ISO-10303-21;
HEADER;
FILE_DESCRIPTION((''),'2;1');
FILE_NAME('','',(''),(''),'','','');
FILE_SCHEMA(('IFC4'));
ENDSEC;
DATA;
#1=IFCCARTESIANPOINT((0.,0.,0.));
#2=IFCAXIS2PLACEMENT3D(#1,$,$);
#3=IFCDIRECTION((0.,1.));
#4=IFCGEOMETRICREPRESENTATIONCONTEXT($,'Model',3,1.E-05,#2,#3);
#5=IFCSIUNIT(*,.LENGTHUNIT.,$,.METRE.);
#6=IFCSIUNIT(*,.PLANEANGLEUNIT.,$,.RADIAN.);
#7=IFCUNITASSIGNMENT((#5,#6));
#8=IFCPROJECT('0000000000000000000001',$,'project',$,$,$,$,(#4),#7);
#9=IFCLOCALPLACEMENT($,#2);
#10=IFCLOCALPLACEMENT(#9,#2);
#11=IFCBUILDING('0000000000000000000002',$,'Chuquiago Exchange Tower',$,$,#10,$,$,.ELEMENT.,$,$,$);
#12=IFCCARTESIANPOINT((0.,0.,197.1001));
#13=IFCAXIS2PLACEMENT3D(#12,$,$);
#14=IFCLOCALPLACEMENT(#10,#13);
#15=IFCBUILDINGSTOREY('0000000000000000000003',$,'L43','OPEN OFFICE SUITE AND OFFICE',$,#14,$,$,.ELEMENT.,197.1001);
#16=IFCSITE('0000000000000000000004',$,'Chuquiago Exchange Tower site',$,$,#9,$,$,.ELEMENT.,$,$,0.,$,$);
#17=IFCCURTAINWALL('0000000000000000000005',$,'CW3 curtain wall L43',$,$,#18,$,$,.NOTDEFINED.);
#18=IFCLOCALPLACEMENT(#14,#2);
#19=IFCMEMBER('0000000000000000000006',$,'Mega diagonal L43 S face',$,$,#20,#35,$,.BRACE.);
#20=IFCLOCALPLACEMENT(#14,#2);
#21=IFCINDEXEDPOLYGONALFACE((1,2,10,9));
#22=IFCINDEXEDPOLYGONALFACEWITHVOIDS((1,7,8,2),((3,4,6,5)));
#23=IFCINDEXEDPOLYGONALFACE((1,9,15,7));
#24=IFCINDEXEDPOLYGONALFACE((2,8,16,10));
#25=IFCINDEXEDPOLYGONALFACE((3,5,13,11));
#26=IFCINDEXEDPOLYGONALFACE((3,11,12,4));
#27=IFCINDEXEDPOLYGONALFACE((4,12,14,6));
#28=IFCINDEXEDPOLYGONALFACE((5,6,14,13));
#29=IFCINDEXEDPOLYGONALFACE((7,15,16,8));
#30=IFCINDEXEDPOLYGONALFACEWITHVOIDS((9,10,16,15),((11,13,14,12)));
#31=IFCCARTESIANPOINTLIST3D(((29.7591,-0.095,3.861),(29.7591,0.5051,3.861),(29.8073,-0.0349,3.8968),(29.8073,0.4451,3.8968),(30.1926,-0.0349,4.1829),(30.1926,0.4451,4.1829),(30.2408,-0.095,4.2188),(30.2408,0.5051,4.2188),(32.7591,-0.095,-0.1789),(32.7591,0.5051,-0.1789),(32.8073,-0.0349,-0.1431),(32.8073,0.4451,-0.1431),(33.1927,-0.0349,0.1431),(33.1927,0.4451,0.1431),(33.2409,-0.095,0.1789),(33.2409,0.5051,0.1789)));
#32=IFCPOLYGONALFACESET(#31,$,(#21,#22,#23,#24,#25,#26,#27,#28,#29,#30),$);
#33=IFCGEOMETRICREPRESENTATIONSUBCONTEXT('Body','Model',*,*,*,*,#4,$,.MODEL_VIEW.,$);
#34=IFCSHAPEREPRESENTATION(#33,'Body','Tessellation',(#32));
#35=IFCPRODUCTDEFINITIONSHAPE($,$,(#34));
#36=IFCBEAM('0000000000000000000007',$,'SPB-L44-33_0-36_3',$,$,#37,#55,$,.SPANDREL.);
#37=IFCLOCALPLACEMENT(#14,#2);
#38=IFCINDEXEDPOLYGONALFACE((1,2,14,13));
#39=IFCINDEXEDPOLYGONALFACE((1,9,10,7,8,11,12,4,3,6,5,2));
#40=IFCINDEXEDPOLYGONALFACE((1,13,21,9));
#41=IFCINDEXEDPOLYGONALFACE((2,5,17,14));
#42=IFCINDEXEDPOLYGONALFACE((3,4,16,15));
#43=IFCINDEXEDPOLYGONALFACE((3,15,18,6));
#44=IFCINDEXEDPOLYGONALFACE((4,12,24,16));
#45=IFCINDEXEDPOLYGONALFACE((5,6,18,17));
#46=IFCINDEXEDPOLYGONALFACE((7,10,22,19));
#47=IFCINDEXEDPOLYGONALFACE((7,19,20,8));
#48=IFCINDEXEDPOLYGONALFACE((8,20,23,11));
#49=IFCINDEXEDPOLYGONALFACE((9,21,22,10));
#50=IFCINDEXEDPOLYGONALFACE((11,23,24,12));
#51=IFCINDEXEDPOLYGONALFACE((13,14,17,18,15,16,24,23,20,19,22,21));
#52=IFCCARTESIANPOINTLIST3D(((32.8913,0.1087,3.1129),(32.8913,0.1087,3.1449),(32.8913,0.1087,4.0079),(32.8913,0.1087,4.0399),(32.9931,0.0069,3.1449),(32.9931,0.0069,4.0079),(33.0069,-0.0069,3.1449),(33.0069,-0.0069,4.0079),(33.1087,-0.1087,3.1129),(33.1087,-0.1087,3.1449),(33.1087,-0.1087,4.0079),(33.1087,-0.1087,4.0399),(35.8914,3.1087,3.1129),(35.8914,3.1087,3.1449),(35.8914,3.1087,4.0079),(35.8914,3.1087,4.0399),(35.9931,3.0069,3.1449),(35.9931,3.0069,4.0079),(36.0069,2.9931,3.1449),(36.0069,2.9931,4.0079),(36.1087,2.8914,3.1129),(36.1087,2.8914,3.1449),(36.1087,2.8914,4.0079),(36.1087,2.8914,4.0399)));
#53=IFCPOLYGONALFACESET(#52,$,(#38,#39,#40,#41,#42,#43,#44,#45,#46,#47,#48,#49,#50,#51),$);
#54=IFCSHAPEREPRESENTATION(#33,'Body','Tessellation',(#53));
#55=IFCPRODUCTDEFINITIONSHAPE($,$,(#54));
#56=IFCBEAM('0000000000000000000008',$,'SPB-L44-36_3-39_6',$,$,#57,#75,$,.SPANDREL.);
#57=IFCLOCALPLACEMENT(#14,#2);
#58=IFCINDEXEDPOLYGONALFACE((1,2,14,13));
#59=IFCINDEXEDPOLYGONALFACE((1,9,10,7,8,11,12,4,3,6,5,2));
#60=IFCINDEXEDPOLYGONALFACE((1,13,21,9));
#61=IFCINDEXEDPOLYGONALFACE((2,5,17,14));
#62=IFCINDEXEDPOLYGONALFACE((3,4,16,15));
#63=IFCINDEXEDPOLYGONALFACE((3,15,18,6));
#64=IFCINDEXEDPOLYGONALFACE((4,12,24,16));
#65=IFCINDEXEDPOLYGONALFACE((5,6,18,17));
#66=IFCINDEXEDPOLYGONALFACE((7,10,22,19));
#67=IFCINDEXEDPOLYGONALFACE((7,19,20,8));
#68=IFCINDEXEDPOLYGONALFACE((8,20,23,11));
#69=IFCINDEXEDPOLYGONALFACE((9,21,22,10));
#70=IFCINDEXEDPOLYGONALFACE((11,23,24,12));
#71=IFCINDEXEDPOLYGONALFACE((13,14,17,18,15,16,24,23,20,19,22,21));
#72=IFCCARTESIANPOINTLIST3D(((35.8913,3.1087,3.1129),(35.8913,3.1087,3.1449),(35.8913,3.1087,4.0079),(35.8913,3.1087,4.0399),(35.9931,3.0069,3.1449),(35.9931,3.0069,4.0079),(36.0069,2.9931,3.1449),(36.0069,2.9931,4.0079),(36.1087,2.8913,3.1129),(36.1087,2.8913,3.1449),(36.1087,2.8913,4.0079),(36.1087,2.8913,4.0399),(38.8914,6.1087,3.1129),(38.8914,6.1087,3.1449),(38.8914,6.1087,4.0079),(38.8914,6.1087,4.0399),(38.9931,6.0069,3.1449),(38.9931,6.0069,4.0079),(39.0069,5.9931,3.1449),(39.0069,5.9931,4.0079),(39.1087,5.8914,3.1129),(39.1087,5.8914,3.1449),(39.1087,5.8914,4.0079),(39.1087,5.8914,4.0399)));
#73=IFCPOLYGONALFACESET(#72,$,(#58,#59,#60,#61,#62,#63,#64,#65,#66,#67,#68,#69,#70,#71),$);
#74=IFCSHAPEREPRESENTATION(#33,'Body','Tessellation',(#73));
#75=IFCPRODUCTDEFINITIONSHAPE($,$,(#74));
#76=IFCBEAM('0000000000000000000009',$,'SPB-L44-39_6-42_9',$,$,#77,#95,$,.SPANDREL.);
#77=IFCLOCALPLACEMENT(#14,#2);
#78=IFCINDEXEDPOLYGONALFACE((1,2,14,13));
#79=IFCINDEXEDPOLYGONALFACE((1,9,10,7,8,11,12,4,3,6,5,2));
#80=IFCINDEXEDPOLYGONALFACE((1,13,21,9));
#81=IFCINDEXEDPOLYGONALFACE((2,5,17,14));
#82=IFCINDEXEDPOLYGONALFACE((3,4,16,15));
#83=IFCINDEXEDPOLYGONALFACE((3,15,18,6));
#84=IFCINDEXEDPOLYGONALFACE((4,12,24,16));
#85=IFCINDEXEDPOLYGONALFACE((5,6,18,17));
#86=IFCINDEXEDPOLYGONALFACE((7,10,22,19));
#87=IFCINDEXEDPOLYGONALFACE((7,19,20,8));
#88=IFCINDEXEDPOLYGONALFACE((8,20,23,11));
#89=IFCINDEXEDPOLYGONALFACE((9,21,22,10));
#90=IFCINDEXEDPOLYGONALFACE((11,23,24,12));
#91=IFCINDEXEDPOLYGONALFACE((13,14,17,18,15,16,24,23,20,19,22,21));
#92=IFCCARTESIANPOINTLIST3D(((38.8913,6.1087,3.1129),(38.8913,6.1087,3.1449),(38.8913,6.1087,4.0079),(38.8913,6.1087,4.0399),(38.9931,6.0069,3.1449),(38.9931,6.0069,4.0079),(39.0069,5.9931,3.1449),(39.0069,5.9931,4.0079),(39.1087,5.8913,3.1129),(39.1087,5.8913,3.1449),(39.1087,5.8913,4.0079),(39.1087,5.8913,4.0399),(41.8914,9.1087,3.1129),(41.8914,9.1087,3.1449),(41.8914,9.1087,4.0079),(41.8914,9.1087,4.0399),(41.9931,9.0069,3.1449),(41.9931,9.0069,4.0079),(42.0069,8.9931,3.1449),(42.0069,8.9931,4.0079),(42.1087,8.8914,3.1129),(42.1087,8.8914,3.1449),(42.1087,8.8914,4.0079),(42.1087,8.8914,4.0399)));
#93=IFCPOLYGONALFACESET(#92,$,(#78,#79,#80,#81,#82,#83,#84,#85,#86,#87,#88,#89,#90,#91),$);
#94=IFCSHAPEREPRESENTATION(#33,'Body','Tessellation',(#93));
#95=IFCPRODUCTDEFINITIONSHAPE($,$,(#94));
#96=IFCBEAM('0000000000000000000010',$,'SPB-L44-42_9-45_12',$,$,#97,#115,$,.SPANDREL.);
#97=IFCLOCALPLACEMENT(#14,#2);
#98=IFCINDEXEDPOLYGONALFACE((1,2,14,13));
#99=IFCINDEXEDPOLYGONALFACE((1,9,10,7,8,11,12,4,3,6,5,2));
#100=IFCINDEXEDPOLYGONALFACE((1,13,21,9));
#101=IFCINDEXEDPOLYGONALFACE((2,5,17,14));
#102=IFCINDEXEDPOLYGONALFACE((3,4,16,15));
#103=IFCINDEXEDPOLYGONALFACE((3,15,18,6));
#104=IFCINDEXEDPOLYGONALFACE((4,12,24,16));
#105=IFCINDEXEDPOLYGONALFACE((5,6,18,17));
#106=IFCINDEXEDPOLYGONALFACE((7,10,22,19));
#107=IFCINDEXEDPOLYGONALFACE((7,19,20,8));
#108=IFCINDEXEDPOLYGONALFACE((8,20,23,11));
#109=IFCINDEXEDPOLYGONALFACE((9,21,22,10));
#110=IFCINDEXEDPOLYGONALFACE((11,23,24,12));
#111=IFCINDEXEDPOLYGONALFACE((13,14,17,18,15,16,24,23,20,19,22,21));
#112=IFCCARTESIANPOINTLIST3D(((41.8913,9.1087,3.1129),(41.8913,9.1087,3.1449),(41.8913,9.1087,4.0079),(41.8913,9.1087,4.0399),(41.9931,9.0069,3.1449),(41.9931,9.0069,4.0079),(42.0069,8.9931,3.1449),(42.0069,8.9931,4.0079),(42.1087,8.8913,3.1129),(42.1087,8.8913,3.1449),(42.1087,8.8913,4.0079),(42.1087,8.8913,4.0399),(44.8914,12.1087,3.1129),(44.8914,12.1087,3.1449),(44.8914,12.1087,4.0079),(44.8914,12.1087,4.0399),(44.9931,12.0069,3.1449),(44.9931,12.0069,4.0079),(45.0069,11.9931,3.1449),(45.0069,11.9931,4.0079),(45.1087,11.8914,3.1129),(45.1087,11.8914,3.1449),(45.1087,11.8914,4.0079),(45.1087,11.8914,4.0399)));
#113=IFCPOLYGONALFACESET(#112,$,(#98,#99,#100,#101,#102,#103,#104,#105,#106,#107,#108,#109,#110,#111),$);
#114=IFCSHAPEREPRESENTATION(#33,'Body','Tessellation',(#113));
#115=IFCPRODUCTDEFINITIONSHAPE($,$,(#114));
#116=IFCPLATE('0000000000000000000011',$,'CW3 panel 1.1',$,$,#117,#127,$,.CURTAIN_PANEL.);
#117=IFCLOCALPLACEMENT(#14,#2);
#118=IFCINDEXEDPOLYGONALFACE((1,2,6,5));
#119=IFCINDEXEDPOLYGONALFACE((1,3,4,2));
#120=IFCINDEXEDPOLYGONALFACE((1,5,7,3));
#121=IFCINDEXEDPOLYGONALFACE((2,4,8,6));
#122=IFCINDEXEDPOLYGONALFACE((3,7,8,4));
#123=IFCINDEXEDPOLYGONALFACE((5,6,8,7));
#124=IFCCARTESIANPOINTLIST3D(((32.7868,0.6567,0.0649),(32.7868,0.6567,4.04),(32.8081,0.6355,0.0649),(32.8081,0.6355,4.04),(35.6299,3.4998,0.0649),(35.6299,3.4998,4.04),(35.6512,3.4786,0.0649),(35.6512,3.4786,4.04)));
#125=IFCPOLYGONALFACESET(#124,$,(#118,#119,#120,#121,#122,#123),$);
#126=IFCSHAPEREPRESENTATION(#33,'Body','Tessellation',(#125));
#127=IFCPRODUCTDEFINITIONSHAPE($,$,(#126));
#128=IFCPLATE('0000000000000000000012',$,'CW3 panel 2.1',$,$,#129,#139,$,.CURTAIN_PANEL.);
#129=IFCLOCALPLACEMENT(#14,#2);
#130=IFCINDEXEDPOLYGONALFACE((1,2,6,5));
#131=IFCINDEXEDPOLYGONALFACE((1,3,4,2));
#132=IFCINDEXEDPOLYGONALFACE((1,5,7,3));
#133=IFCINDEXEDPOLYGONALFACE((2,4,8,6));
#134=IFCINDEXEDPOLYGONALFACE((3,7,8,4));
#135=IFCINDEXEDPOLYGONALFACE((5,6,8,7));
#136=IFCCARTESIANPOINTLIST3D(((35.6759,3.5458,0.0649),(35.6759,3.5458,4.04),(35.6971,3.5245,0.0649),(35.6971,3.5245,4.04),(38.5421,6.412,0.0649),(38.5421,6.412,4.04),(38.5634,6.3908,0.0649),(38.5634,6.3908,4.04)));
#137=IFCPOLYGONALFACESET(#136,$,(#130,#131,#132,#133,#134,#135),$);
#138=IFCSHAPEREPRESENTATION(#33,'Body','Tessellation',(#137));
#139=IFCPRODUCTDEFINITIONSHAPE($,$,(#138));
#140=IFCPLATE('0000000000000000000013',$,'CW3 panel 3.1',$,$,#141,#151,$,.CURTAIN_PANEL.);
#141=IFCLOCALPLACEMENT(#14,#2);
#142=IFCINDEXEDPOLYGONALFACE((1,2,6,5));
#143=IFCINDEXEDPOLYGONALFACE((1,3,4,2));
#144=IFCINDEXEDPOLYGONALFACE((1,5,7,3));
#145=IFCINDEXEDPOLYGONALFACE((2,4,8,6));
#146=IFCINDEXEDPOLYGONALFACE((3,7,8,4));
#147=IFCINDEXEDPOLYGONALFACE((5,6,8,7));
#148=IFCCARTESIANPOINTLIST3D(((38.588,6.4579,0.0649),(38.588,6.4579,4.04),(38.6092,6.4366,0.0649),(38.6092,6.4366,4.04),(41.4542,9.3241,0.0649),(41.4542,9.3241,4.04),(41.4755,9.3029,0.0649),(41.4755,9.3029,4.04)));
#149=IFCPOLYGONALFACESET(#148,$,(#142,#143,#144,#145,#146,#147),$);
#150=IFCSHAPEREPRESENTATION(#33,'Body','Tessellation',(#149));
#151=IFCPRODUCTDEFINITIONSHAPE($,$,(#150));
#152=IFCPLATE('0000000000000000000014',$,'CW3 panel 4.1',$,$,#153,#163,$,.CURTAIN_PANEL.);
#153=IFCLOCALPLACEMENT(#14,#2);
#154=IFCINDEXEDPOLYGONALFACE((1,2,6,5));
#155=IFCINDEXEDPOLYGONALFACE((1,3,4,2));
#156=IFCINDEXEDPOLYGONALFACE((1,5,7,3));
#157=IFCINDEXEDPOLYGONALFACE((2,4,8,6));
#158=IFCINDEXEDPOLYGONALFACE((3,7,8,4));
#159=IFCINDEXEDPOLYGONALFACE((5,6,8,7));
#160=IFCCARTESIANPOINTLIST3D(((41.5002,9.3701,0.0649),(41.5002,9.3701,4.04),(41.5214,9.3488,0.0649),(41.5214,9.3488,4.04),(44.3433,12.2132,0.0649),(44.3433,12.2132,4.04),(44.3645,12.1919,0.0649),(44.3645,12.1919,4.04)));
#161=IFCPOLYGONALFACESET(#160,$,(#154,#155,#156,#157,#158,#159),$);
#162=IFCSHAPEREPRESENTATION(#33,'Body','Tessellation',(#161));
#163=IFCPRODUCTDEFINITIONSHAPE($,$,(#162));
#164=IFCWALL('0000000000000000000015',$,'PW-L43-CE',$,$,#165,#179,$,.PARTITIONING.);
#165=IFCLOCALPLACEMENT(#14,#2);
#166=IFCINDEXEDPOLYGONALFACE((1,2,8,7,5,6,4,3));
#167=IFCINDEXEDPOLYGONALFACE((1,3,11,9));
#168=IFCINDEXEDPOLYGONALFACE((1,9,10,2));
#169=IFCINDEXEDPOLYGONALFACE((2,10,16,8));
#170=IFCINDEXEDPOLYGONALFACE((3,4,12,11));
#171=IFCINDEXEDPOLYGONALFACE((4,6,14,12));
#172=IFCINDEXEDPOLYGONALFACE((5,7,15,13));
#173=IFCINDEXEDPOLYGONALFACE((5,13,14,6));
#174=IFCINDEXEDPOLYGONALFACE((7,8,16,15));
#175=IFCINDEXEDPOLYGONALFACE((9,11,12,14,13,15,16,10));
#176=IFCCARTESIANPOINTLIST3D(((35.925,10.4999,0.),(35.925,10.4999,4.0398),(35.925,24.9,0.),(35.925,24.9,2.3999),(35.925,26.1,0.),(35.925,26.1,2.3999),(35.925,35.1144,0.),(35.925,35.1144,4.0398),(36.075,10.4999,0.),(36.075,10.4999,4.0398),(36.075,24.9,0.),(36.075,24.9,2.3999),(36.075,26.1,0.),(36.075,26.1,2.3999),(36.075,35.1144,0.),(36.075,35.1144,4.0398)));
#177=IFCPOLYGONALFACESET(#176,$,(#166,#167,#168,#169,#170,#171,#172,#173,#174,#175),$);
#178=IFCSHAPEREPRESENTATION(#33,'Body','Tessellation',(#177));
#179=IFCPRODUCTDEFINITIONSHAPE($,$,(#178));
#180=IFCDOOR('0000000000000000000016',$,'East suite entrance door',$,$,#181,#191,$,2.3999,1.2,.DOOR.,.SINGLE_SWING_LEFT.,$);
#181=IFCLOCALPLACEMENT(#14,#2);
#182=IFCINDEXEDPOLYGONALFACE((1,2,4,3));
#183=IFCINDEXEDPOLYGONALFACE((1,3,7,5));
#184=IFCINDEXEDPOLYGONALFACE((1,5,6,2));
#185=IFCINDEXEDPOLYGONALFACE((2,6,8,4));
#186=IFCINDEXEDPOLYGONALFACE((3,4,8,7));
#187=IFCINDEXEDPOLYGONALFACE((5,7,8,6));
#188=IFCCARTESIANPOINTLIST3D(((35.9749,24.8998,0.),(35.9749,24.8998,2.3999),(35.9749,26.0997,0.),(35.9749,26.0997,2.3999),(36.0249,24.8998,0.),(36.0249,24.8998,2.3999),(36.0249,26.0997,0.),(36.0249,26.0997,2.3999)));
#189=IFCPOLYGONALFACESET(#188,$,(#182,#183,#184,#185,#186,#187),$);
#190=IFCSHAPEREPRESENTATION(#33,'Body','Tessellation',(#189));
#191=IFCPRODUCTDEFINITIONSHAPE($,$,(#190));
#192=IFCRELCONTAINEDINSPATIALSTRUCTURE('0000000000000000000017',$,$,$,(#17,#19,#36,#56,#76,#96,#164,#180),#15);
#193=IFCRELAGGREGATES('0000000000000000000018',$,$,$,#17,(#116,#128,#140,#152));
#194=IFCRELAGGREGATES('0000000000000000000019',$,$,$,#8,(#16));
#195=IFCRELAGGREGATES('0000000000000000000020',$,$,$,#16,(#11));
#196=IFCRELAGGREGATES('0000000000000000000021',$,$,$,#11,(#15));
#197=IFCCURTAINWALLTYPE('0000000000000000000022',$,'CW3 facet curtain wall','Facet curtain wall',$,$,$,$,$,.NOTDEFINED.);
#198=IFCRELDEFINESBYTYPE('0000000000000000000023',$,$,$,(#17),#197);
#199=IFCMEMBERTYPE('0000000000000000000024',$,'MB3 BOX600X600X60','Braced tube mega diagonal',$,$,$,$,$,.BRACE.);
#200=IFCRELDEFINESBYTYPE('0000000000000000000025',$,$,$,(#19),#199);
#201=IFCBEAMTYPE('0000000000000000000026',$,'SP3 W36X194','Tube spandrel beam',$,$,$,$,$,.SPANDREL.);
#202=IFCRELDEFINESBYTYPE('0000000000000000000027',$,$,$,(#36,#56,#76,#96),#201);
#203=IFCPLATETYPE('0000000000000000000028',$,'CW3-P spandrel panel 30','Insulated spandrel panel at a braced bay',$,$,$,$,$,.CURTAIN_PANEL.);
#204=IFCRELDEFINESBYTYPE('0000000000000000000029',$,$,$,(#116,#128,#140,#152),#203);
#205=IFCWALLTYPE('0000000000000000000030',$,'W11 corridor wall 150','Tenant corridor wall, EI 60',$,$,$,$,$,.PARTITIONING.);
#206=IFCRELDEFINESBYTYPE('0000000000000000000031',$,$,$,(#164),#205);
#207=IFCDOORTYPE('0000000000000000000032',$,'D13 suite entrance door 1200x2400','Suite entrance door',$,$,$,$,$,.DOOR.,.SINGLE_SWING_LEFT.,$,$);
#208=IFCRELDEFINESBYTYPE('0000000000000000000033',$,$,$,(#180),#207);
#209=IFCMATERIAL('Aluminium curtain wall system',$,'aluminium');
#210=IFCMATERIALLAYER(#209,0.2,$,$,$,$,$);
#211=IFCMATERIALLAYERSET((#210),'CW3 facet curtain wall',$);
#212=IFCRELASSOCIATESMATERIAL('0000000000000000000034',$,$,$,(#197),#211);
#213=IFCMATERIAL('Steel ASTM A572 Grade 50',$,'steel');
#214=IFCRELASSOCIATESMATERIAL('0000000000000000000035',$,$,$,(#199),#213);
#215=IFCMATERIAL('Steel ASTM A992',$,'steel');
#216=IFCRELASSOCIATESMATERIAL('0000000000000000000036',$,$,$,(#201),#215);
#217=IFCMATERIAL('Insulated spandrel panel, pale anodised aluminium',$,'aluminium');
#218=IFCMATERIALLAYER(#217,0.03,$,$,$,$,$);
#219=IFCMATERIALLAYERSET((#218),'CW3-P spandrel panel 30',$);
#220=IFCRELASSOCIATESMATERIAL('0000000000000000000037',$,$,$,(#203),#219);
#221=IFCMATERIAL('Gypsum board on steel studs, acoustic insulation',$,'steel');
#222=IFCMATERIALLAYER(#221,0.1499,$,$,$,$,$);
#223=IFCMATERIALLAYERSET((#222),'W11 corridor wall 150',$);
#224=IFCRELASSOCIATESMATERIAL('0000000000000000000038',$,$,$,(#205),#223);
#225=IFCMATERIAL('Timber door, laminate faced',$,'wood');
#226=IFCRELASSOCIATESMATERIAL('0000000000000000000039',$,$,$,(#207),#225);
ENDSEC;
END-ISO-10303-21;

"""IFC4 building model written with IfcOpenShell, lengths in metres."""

from ifc_helpers import new_model, si_unit, direction, frame, frame_2d, origin, origin_2d, place, context, subcontext, project, spatial, rectangle, hollow_rectangle, i_section, extrude, material, layer, layer_set, material_profile, profile_set, type_object, element, fill, aggregate, save


model = new_model("IFC4")

# Units and contexts
model_context = context("Model", 3, precision=1e-05, world=origin(), true_north=direction((0.0, 1.0)))
body_context = subcontext(model_context, "Body", "Model", "MODEL_VIEW")
ifc_project = project(units=[si_unit("LENGTHUNIT", "METRE"), si_unit("PLANEANGLEUNIT", "RADIAN")], contexts=[model_context])

# Site, building, storey
site_placement = place(None, origin())
site = spatial("IfcSite", under=ifc_project, at=site_placement, Name="Chuquiago Exchange Tower site", CompositionType="ELEMENT", RefElevation=0.0)
building_placement = place(site_placement, origin())
building = spatial("IfcBuilding", under=site, at=building_placement, Name="Chuquiago Exchange Tower", CompositionType="ELEMENT")
storey_placement = place(building_placement, frame((0.0, 0.0, 197.1001)))
storey = spatial("IfcBuildingStorey", under=building, at=storey_placement, Name="L43", Description="OPEN OFFICE SUITE AND OFFICE", CompositionType="ELEMENT", Elevation=197.1001)

# Curtain wall
ifc_material_1 = material(Name="Aluminium curtain wall system", Category="aluminium")
ifc_layer_1 = layer(ifc_material_1, 0.2)
ifc_layer_set_1 = layer_set([ifc_layer_1], Name="CW3 facet curtain wall")
curtain_wall_type = type_object("IfcCurtainWallType", Name="CW3 facet curtain wall", Description="Facet curtain wall", PredefinedType="NOTDEFINED", material=ifc_layer_set_1)
curtain_wall_placement = place(storey_placement, origin())
curtain_wall = element("IfcCurtainWall", 1, at=curtain_wall_placement, inside=storey, type_object=curtain_wall_type, Name="CW3 curtain wall L43", PredefinedType="NOTDEFINED")

# Member
ifc_material_2 = material(Name="Steel ASTM A572 Grade 50", Category="steel")
ifc_material_profile_1 = material_profile(ifc_material_2, hollow_rectangle(XDim=0.6001, YDim=0.6001, WallThickness=0.0601, at=origin_2d()), Name="BOX600X600X60")
ifc_profile_set_1 = profile_set([ifc_material_profile_1], Name="Steel ASTM A572 Grade 50")
member_type_1 = type_object("IfcMemberType", Name="MB3 BOX600X600X60", Description="Braced tube mega diagonal", PredefinedType="BRACE", material=ifc_profile_set_1)
member_1_placement = place(storey_placement, frame((33.0, 0.2051, 0.0), z_axis=(-0.596197, 0.0, 0.802838), x_axis=(0.0, -1.0, 0.0)))
element("IfcMember", 2, at=member_1_placement, inside=storey, type_object=member_type_1, Name="Mega diagonal L43 S face", PredefinedType="BRACE", context=body_context, shape_type="SweptSolid", body=[
    extrude(hollow_rectangle(XDim=0.6001, YDim=0.6001, WallThickness=0.0601, at=origin_2d()), origin(), (0.0, 0.0, 1.0), 5.032),
])

# Beams
ifc_material_3 = material(Name="Steel ASTM A992", Category="steel")
ifc_material_profile_2 = material_profile(ifc_material_3, i_section(OverallWidth=0.3074, OverallDepth=0.927, WebThickness=0.0195, FlangeThickness=0.032, at=origin_2d()), Name="W36X194")
ifc_profile_set_2 = profile_set([ifc_material_profile_2], Name="Steel ASTM A992")
beam_type_1 = type_object("IfcBeamType", Name="SP3 W36X194", Description="Tube spandrel beam", PredefinedType="SPANDREL", material=ifc_profile_set_2)
for number, where, z_axis, x_axis, name in (
    (3, (33.0, 0.0, 3.5764), (0.707107, 0.707107, 0.0), (-0.707107, 0.707107, 0.0), "SPB-L44-33_0-36_3"),
    (4, (36.0, 3.0, 3.5764), (0.707107, 0.707107, 0.0), (-0.707107, 0.707107, 0.0), "SPB-L44-36_3-39_6"),
    (5, (39.0, 6.0, 3.5764), (0.707107, 0.707107, 0.0), (-0.707107, 0.707107, 0.0), "SPB-L44-39_6-42_9"),
    (6, (42.0, 9.0, 3.5764), (0.707107, 0.707107, 0.0), (-0.707107, 0.707107, 0.0), "SPB-L44-42_9-45_12"),
):
    element("IfcBeam", number, at=place(storey_placement, frame(where, z_axis=z_axis, x_axis=x_axis)), inside=storey, type_object=beam_type_1, Name=name, PredefinedType="SPANDREL", context=body_context, shape_type="SweptSolid", body=[
        extrude(i_section(OverallWidth=0.3074, OverallDepth=0.927, WebThickness=0.0195, FlangeThickness=0.032, at=origin_2d()), origin(), (0.0, 0.0, 1.0), 4.2427),
    ])

# Plates
ifc_material_4 = material(Name="Insulated spandrel panel, pale anodised aluminium", Category="aluminium")
ifc_layer_2 = layer(ifc_material_4, 0.03)
ifc_layer_set_2 = layer_set([ifc_layer_2], Name="CW3-P spandrel panel 30")
plate_type = type_object("IfcPlateType", Name="CW3-P spandrel panel 30", Description="Insulated spandrel panel at a braced bay", PredefinedType="CURTAIN_PANEL", material=ifc_layer_set_2)
plate_1_placement = place(storey_placement, frame((34.219, 2.0676, 0.0649), z_axis=(0.0, 0.0, 1.0), x_axis=(0.707107, 0.707107, 0.0)))
plate_1 = element("IfcPlate", 7, at=plate_1_placement, type_object=plate_type, Name="CW3 panel 1.1", PredefinedType="CURTAIN_PANEL", context=body_context, shape_type="SweptSolid", body=[
    extrude(rectangle(XDim=4.0208, YDim=0.03, at=origin_2d()), origin(), (0.0, 0.0, 1.0), 3.9751),
])
plate_2_placement = place(storey_placement, frame((37.1196, 4.9683, 0.0649), z_axis=(0.0, 0.0, 1.0), x_axis=(0.707107, 0.707107, 0.0)))
plate_2 = element("IfcPlate", 8, at=plate_2_placement, type_object=plate_type, Name="CW3 panel 2.1", PredefinedType="CURTAIN_PANEL", context=body_context, shape_type="SweptSolid", body=[
    extrude(rectangle(XDim=4.0535, YDim=0.03, at=origin_2d()), origin(), (0.0, 0.0, 1.0), 3.9751),
])
plate_3_placement = place(storey_placement, frame((40.0317, 7.8804, 0.0649), z_axis=(0.0, 0.0, 1.0), x_axis=(0.707107, 0.707107, 0.0)))
plate_3 = element("IfcPlate", 9, at=plate_3_placement, type_object=plate_type, Name="CW3 panel 3.1", PredefinedType="CURTAIN_PANEL", context=body_context, shape_type="SweptSolid", body=[
    extrude(rectangle(XDim=4.0535, YDim=0.03, at=origin_2d()), origin(), (0.0, 0.0, 1.0), 3.9751),
])
plate_4_placement = place(storey_placement, frame((42.9324, 10.781, 0.0649), z_axis=(0.0, 0.0, 1.0), x_axis=(0.707107, 0.707107, 0.0)))
plate_4 = element("IfcPlate", 10, at=plate_4_placement, type_object=plate_type, Name="CW3 panel 4.1", PredefinedType="CURTAIN_PANEL", context=body_context, shape_type="SweptSolid", body=[
    extrude(rectangle(XDim=4.0208, YDim=0.03, at=origin_2d()), origin(), (0.0, 0.0, 1.0), 3.9751),
])
aggregate(curtain_wall, [plate_1, plate_2, plate_3, plate_4])

# Wall, opening, door
ifc_material_5 = material(Name="Gypsum board on steel studs, acoustic insulation", Category="steel")
ifc_layer_3 = layer(ifc_material_5, 0.1499)
ifc_layer_set_3 = layer_set([ifc_layer_3], Name="W11 corridor wall 150")
wall_type_1 = type_object("IfcWallType", Name="W11 corridor wall 150", Description="Tenant corridor wall, EI 60", PredefinedType="PARTITIONING", material=ifc_layer_set_3)
wall_1_placement = place(storey_placement, frame((36.0, 10.5, 0.0), z_axis=(0.0, 0.0, 1.0), x_axis=(0.0, 1.0, 0.0)))
wall_1 = element("IfcWall", 11, at=wall_1_placement, inside=storey, type_object=wall_type_1, Name="PW-L43-CE", PredefinedType="PARTITIONING", context=body_context, shape_type="SweptSolid", body=[
    extrude(rectangle(XDim=24.6145, YDim=0.1499, at=frame_2d((12.3071, 0.0))), origin(), (0.0, 0.0, 1.0), 4.0398),
])
opening_placement = place(wall_1_placement, frame((14.3999, 0.0, 0.0)))
opening = element("IfcOpeningElement", 12, at=opening_placement, cuts=wall_1, PredefinedType="OPENING", context=body_context, shape_type="SweptSolid", body=[
    extrude(rectangle(XDim=1.2, YDim=2.3999, at=frame_2d((0.6001, 1.2))), frame((0.0, 0.085, 0.0), z_axis=(0.0, -1.0, 0.0), x_axis=(1.0, 0.0, 0.0)), (0.0, 0.0, 1.0), 0.1699),
])
ifc_material_6 = material(Name="Timber door, laminate faced", Category="wood")
door_type = type_object("IfcDoorType", Name="D13 suite entrance door 1200x2400", Description="Suite entrance door", OperationType="SINGLE_SWING_LEFT", PredefinedType="DOOR", material=ifc_material_6)
door_placement = place(opening_placement, frame((1.2, 0.0, 0.0), z_axis=(0.0, 0.0, 1.0), x_axis=(-1.0, 0.0, 0.0)))
door = element("IfcDoor", 13, at=door_placement, inside=storey, type_object=door_type, Name="East suite entrance door", OperationType="SINGLE_SWING_LEFT", OverallHeight=2.3999, OverallWidth=1.2, PredefinedType="DOOR", context=body_context, shape_type="SweptSolid", body=[
    extrude(rectangle(XDim=1.2, YDim=2.3999, at=frame_2d((0.6001, 1.2))), frame((0.0, 0.0249, 0.0), z_axis=(0.0, -1.0, 0.0), x_axis=(1.0, 0.0, 0.0)), (0.0, 0.0, 1.0), 0.05),
])
fill(opening, door)

save(model, "model.ifc")
